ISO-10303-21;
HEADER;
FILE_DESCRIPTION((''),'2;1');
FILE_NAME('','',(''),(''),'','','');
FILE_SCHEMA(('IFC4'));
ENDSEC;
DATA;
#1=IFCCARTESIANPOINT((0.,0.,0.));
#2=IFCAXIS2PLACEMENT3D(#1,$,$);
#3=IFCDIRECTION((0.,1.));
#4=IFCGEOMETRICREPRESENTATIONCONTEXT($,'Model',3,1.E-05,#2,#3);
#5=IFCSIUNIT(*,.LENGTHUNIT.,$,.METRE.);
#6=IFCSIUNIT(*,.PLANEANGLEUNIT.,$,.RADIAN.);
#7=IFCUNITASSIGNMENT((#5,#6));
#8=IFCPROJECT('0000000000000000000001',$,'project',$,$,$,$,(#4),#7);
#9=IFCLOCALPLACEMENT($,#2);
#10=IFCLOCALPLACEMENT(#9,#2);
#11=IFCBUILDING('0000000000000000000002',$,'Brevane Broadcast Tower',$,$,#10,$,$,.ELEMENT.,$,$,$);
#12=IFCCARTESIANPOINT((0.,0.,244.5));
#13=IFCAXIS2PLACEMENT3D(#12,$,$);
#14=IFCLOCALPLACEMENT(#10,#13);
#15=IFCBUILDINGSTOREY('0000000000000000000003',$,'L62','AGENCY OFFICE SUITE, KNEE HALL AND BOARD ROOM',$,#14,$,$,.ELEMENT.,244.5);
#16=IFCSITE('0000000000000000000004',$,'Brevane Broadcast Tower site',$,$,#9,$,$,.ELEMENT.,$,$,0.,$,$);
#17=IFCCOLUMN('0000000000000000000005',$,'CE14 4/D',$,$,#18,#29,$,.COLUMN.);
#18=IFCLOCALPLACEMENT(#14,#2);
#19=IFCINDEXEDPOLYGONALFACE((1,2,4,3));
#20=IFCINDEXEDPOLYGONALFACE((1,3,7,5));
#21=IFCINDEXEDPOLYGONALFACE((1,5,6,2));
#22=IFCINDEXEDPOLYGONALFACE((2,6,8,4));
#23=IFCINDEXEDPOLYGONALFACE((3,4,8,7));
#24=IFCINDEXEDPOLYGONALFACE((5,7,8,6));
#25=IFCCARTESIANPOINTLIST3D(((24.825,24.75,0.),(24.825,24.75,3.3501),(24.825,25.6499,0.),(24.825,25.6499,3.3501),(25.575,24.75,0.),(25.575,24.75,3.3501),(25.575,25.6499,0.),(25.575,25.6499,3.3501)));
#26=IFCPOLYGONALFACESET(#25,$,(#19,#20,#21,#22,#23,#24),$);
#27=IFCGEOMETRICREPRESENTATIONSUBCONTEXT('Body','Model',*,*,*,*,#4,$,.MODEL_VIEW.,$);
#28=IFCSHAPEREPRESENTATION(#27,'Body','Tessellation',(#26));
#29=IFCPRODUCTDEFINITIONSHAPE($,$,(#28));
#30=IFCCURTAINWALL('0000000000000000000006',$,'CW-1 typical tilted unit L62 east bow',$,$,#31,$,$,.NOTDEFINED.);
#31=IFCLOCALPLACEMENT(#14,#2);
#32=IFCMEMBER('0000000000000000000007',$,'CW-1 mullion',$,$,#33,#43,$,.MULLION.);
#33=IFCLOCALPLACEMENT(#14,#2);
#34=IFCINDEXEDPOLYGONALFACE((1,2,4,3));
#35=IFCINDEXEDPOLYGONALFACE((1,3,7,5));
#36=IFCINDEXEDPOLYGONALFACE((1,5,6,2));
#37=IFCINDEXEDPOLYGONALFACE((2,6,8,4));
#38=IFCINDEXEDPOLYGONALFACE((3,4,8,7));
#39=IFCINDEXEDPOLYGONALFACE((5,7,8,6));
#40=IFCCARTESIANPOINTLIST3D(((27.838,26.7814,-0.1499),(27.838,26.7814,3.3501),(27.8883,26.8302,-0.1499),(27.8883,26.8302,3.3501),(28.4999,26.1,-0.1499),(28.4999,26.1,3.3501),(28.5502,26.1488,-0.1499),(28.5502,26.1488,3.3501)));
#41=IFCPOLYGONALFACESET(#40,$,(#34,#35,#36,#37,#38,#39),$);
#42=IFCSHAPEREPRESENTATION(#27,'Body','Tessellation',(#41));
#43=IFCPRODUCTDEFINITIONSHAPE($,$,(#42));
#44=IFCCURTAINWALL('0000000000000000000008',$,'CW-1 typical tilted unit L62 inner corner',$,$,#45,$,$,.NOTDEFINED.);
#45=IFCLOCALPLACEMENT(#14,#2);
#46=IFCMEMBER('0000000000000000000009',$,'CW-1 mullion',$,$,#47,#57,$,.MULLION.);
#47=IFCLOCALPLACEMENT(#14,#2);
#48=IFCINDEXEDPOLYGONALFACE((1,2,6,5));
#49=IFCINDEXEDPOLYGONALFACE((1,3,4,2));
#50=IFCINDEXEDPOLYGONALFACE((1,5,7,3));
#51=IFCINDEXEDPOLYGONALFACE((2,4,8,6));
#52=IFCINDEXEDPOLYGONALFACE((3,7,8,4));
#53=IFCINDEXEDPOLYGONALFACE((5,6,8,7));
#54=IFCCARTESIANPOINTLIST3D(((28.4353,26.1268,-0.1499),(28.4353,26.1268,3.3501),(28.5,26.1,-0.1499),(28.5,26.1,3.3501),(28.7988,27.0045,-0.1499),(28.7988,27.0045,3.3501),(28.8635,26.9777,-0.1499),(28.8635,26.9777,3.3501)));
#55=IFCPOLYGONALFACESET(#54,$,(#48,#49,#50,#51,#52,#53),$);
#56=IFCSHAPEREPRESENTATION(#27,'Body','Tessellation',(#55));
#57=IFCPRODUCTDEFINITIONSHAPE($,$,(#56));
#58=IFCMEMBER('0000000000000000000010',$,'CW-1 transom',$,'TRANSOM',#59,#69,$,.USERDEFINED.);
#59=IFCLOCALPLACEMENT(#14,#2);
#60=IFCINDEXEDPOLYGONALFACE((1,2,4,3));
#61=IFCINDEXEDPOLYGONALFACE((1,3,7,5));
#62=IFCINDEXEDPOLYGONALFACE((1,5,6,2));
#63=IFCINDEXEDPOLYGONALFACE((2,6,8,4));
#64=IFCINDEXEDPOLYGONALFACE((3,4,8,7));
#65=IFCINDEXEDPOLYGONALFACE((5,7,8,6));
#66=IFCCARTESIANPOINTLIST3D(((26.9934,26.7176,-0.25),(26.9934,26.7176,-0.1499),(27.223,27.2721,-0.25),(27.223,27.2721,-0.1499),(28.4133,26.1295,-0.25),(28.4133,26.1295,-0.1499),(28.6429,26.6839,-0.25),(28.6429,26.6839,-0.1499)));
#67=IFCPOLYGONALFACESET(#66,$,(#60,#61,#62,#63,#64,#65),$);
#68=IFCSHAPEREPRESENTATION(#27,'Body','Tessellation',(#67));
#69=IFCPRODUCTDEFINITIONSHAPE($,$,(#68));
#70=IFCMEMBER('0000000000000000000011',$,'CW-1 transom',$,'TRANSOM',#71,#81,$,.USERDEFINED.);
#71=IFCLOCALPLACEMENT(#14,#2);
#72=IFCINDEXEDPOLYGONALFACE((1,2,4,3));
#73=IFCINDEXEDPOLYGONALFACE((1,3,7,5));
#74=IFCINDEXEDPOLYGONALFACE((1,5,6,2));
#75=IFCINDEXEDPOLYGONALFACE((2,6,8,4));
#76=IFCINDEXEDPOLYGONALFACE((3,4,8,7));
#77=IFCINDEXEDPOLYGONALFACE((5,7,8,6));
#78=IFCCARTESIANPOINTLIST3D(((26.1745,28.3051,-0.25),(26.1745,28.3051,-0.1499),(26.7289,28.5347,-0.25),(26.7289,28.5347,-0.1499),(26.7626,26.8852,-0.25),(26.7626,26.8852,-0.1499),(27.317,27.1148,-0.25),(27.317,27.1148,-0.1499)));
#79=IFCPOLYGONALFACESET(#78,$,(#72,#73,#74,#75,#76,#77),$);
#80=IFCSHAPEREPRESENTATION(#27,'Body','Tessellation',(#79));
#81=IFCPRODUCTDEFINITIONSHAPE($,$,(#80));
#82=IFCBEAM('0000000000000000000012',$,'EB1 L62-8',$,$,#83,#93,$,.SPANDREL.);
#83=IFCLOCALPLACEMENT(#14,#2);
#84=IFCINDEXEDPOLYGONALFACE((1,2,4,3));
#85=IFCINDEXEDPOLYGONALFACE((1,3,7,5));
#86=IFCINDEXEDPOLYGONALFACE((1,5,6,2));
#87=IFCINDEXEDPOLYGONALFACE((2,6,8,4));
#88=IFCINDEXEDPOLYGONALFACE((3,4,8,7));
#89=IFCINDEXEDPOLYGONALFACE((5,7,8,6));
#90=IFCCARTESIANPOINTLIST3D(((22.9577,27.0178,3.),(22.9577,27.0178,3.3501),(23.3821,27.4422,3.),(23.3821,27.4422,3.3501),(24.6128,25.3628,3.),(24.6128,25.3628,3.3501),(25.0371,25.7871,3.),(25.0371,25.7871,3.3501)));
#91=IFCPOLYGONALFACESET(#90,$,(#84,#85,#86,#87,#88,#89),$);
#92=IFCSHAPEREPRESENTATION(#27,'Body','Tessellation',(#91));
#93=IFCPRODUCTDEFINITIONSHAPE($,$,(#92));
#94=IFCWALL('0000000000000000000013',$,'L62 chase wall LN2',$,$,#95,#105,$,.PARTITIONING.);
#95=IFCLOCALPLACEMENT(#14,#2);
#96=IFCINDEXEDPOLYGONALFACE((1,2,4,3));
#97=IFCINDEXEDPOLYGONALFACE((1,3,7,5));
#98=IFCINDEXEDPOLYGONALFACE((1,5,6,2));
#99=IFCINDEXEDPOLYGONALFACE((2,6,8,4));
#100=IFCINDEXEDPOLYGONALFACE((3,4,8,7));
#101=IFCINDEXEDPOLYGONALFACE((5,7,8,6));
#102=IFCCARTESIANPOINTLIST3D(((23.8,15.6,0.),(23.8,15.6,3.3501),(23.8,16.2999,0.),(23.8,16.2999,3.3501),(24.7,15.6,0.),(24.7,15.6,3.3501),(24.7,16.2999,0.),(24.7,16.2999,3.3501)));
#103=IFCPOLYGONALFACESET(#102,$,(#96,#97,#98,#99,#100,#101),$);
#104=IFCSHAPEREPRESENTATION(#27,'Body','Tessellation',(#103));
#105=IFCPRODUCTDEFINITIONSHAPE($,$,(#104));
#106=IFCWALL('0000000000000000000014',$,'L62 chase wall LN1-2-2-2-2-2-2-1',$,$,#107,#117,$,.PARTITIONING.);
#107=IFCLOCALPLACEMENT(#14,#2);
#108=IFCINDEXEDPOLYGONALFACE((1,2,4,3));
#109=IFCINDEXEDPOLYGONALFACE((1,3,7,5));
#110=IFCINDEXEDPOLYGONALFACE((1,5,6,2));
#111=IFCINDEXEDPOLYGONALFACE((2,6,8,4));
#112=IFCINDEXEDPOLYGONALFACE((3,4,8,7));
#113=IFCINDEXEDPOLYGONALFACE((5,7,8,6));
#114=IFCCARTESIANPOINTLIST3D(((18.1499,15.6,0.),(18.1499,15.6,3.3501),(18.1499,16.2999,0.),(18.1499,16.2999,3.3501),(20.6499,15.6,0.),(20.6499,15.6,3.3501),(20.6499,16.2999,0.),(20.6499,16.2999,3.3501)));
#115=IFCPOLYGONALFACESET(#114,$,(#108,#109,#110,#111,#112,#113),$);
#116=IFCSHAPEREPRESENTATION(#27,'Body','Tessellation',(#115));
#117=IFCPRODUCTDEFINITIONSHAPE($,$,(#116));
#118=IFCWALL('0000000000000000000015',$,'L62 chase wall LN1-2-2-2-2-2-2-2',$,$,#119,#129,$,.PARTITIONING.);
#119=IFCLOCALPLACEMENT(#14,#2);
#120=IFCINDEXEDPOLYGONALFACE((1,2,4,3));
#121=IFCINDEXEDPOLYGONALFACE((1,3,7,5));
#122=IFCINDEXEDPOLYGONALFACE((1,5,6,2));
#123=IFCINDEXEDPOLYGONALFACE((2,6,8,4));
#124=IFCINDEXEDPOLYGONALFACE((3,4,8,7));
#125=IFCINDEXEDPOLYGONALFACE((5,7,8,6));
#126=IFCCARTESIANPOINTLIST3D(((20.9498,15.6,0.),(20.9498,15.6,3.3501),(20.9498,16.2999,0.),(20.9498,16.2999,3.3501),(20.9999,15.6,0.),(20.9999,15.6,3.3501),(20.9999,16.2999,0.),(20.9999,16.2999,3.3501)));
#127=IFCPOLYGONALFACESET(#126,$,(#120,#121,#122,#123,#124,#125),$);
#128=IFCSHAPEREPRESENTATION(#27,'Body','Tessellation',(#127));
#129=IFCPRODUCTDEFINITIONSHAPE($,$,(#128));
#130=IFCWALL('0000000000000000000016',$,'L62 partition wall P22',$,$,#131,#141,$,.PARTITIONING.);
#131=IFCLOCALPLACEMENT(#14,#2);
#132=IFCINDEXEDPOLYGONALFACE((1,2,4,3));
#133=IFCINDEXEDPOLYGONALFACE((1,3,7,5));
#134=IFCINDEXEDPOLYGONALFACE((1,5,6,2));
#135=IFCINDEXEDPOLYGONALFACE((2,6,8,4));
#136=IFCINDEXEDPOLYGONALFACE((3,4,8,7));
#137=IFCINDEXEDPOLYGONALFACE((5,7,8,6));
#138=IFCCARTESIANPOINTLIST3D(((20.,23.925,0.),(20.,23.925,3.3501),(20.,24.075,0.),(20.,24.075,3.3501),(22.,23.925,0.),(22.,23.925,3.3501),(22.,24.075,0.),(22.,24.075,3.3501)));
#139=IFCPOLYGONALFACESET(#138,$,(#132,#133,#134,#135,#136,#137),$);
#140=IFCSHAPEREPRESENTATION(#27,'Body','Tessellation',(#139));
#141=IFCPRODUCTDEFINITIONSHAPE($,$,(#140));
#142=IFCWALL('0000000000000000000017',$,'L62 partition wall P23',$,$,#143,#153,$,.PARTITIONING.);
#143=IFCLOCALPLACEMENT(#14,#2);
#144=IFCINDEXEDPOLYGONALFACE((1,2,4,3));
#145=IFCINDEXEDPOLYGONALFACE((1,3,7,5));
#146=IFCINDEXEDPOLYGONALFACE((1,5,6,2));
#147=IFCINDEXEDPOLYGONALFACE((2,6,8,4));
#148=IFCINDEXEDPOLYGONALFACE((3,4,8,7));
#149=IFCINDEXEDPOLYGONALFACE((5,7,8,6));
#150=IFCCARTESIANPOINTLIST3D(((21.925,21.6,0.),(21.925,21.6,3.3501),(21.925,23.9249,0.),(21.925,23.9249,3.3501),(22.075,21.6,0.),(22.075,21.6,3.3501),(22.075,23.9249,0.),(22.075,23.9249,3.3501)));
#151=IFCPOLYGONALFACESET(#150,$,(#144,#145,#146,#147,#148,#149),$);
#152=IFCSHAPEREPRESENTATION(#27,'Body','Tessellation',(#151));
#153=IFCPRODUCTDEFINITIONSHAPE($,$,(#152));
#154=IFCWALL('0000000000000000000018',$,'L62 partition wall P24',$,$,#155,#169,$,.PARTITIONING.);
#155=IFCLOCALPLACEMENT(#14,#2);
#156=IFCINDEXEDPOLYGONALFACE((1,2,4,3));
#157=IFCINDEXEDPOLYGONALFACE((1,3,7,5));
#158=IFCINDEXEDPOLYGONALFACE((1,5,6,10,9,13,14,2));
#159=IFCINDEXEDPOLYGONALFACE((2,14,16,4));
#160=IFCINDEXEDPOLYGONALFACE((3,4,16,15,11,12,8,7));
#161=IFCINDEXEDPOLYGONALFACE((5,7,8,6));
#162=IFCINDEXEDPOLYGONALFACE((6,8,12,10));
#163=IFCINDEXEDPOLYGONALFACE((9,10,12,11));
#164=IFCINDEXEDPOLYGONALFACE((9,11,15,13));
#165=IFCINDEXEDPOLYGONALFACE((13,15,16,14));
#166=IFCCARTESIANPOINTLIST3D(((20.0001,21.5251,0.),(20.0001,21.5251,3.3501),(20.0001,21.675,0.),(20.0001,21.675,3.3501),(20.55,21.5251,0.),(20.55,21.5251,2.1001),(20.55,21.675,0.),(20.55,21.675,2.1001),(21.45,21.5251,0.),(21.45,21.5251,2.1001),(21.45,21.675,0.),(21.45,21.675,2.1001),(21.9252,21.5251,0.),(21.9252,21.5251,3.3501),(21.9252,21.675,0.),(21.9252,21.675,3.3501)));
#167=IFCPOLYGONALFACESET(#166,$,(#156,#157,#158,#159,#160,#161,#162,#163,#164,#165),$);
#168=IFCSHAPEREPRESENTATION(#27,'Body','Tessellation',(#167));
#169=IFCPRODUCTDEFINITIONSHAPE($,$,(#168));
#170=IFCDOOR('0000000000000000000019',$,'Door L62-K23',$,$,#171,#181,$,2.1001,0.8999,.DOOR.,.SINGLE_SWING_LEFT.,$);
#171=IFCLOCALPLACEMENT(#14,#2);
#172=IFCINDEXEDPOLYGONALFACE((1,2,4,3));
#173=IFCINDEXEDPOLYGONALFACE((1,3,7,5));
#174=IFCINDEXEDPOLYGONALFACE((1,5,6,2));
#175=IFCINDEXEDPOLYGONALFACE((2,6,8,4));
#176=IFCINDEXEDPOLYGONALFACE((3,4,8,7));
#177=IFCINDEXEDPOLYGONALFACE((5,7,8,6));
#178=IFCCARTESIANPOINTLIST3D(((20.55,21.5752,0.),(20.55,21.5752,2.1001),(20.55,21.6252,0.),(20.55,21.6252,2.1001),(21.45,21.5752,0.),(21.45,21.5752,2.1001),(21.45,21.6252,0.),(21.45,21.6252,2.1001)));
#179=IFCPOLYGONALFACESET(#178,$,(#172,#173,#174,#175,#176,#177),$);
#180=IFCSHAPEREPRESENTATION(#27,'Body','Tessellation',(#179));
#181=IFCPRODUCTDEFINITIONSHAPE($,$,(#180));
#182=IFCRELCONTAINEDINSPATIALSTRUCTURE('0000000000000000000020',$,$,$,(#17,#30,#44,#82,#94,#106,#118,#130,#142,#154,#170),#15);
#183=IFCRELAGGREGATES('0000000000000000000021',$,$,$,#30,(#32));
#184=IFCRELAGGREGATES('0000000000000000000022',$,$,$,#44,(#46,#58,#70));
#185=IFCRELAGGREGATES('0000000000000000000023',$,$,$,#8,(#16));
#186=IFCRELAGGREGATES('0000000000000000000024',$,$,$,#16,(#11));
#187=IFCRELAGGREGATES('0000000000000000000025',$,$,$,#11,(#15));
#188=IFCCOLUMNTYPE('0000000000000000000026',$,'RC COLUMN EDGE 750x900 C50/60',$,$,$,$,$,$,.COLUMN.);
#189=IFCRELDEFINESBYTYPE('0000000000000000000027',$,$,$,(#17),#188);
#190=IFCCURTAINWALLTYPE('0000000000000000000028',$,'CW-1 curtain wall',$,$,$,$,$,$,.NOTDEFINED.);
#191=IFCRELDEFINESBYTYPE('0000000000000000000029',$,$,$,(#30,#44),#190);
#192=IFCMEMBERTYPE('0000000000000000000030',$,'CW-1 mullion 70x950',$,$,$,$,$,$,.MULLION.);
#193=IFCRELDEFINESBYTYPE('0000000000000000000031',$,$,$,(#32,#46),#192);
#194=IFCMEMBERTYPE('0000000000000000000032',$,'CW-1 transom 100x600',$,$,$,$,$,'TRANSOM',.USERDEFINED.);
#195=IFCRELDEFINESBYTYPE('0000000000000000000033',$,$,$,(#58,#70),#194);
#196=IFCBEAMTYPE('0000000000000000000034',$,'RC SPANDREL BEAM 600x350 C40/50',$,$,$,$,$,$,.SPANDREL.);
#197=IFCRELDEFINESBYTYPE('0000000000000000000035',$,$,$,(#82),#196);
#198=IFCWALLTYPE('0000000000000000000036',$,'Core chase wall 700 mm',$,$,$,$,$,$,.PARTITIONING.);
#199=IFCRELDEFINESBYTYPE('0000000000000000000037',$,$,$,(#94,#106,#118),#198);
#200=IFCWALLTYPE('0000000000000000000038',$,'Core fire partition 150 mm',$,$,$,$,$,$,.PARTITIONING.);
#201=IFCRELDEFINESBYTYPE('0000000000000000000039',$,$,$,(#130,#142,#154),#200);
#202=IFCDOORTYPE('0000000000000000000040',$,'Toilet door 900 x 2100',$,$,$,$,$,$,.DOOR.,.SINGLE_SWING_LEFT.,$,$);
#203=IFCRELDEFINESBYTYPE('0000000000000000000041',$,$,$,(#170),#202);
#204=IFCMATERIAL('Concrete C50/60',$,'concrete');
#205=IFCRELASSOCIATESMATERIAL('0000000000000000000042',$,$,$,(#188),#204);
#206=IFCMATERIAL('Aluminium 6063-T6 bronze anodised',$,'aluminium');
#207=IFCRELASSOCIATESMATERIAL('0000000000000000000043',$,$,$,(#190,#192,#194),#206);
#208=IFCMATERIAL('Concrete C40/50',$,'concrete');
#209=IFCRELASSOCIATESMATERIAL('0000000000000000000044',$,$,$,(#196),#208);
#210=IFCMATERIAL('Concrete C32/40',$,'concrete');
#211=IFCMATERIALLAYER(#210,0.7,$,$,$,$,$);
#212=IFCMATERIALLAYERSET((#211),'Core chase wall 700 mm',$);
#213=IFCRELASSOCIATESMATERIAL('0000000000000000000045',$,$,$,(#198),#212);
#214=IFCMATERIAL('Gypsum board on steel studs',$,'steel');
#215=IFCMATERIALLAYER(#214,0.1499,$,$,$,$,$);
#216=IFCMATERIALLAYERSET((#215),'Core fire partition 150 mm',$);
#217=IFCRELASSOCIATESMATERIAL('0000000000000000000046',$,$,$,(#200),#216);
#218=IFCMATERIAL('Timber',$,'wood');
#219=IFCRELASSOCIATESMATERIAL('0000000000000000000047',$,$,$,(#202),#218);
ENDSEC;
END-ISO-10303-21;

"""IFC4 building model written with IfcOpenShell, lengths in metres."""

from ifc_helpers import new_model, si_unit, direction, frame, frame_2d, origin, origin_2d, place, context, subcontext, project, spatial, rectangle, extrude, material, layer, layer_set, material_profile, profile_set, type_object, element, fill, aggregate, save


model = new_model("IFC4")

# Units and contexts
model_context = context("Model", 3, precision=1e-05, world=origin(), true_north=direction((0.0, 1.0)))
body_context = subcontext(model_context, "Body", "Model", "MODEL_VIEW")
ifc_project = project(units=[si_unit("LENGTHUNIT", "METRE"), si_unit("PLANEANGLEUNIT", "RADIAN")], contexts=[model_context])

# Site, building, storey
site_placement = place(None, origin())
site = spatial("IfcSite", under=ifc_project, at=site_placement, Name="Brevane Broadcast Tower site", CompositionType="ELEMENT", RefElevation=0.0)
building_placement = place(site_placement, origin())
building = spatial("IfcBuilding", under=site, at=building_placement, Name="Brevane Broadcast Tower", CompositionType="ELEMENT")
storey_placement = place(building_placement, frame((0.0, 0.0, 244.5)))
storey = spatial("IfcBuildingStorey", under=building, at=storey_placement, Name="L62", Description="AGENCY OFFICE SUITE, KNEE HALL AND BOARD ROOM", CompositionType="ELEMENT", Elevation=244.5)

# Column
ifc_material_1 = material(Name="Concrete C50/60", Category="concrete")
ifc_material_profile_1 = material_profile(ifc_material_1, rectangle(XDim=0.75, YDim=0.8999, at=origin_2d()), Name="RC 750x900")
ifc_profile_set_1 = profile_set([ifc_material_profile_1], Name="Concrete C50/60")
column_type = type_object("IfcColumnType", Name="RC COLUMN EDGE 750x900 C50/60", PredefinedType="COLUMN", material=ifc_profile_set_1)
column_placement = place(storey_placement, frame((25.2, 25.2, 0.0), z_axis=(0.0, 0.0, 1.0), x_axis=(1.0, 0.0, 0.0)))
element("IfcColumn", 1, at=column_placement, inside=storey, type_object=column_type, Name="CE14 4/D", PredefinedType="COLUMN", context=body_context, shape_type="SweptSolid", body=[
    extrude(rectangle(XDim=0.75, YDim=0.8999, at=origin_2d()), origin(), (0.0, 0.0, 1.0), 3.3501),
])

# Curtain wall, member
ifc_material_2 = material(Name="Aluminium 6063-T6 bronze anodised", Category="aluminium")
curtain_wall_type = type_object("IfcCurtainWallType", Name="CW-1 curtain wall", PredefinedType="NOTDEFINED", material=ifc_material_2)
curtain_wall_1_placement = place(storey_placement, origin())
curtain_wall_1 = element("IfcCurtainWall", 2, at=curtain_wall_1_placement, inside=storey, type_object=curtain_wall_type, Name="CW-1 typical tilted unit L62 east bow", PredefinedType="NOTDEFINED")
ifc_material_profile_2 = material_profile(ifc_material_2, rectangle(XDim=0.95, YDim=0.0701, at=origin_2d()), Name="RECT 70x950")
ifc_profile_set_2 = profile_set([ifc_material_profile_2], Name="Aluminium 6063-T6 bronze anodised")
member_type_1 = type_object("IfcMemberType", Name="CW-1 mullion 70x950", PredefinedType="MULLION", material=ifc_profile_set_2)
member_1_placement = place(storey_placement, frame((28.1941, 26.4651, -0.1499), z_axis=(0.0, 0.0, 1.0), x_axis=(0.696812, -0.717254, 0.0)))
member_1 = element("IfcMember", 3, at=member_1_placement, type_object=member_type_1, Name="CW-1 mullion", PredefinedType="MULLION", context=body_context, shape_type="SweptSolid", body=[
    extrude(rectangle(XDim=0.95, YDim=0.0701, at=origin_2d()), origin(), (0.0, 0.0, 1.0), 3.5),
])
aggregate(curtain_wall_1, [member_1])

# Curtain wall, members
curtain_wall_2_placement = place(storey_placement, origin())
curtain_wall_2 = element("IfcCurtainWall", 4, at=curtain_wall_2_placement, inside=storey, type_object=curtain_wall_type, Name="CW-1 typical tilted unit L62 inner corner", PredefinedType="NOTDEFINED")
member_2_placement = place(storey_placement, frame((28.6494, 26.5522, -0.1499), z_axis=(0.0, 0.0, 1.0), x_axis=(-0.382683, -0.92388, 0.0)))
member_2 = element("IfcMember", 5, at=member_2_placement, type_object=member_type_1, Name="CW-1 mullion", PredefinedType="MULLION", context=body_context, shape_type="SweptSolid", body=[
    extrude(rectangle(XDim=0.95, YDim=0.0701, at=origin_2d()), origin(), (0.0, 0.0, 1.0), 3.5),
])
ifc_material_profile_3 = material_profile(ifc_material_2, rectangle(XDim=0.6001, YDim=0.1001, at=origin_2d()), Name="RECT 100x600")
ifc_profile_set_3 = profile_set([ifc_material_profile_3], Name="Aluminium 6063-T6 bronze anodised")
member_type_2 = type_object("IfcMemberType", Name="CW-1 transom 100x600", ElementType="TRANSOM", PredefinedType="USERDEFINED", material=ifc_profile_set_3)
member_3_placement = place(storey_placement, frame((28.5281, 26.4067, -0.2), z_axis=(-0.923883, 0.382674, 0.0), x_axis=(-0.382674, -0.923883, 0.0)))
member_3 = element("IfcMember", 6, at=member_3_placement, type_object=member_type_2, Name="CW-1 transom", ObjectType="TRANSOM", PredefinedType="USERDEFINED", context=body_context, shape_type="SweptSolid", body=[
    extrude(rectangle(XDim=0.6001, YDim=0.1001, at=origin_2d()), origin(), (0.0, 0.0, 1.0), 1.5369),
])
member_4_placement = place(storey_placement, frame((27.0398, 27.0, -0.2), z_axis=(-0.382674, 0.923883, 0.0), x_axis=(-0.923883, -0.382674, 0.0)))
member_4 = element("IfcMember", 7, at=member_4_placement, type_object=member_type_2, Name="CW-1 transom", ObjectType="TRANSOM", PredefinedType="USERDEFINED", context=body_context, shape_type="SweptSolid", body=[
    extrude(rectangle(XDim=0.6001, YDim=0.1001, at=origin_2d()), origin(), (0.0, 0.0, 1.0), 1.5369),
])
aggregate(curtain_wall_2, [member_2, member_3, member_4])

# Beam
ifc_material_3 = material(Name="Concrete C40/50", Category="concrete")
ifc_material_profile_4 = material_profile(ifc_material_3, rectangle(XDim=0.6001, YDim=0.3501, at=origin_2d()), Name="RC 600x350")
ifc_profile_set_4 = profile_set([ifc_material_profile_4], Name="Concrete C40/50")
beam_type = type_object("IfcBeamType", Name="RC SPANDREL BEAM 600x350 C40/50", PredefinedType="SPANDREL", material=ifc_profile_set_4)
beam_placement = place(storey_placement, frame((24.825, 25.575, 3.175), z_axis=(-0.707107, 0.707107, 0.0), x_axis=(-0.707107, -0.707107, 0.0)))
element("IfcBeam", 8, at=beam_placement, inside=storey, type_object=beam_type, Name="EB1 L62-8", PredefinedType="SPANDREL", context=body_context, shape_type="SweptSolid", body=[
    extrude(rectangle(XDim=0.6001, YDim=0.3501, at=origin_2d()), origin(), (0.0, 0.0, 1.0), 2.3406),
])

# Walls
ifc_material_4 = material(Name="Concrete C32/40", Category="concrete")
ifc_layer_1 = layer(ifc_material_4, 0.7)
ifc_layer_set_1 = layer_set([ifc_layer_1], Name="Core chase wall 700 mm")
wall_type_1 = type_object("IfcWallType", Name="Core chase wall 700 mm", PredefinedType="PARTITIONING", material=ifc_layer_set_1)
wall_1_placement = place(storey_placement, frame((23.8, 15.95, 0.0), z_axis=(0.0, 0.0, 1.0), x_axis=(1.0, 0.0, 0.0)))
element("IfcWall", 9, at=wall_1_placement, inside=storey, type_object=wall_type_1, Name="L62 chase wall LN2", PredefinedType="PARTITIONING", context=body_context, shape_type="SweptSolid", body=[
    extrude(rectangle(XDim=0.8999, YDim=0.7, at=frame_2d((0.45, 0.0))), origin(), (0.0, 0.0, 1.0), 3.3501),
])
wall_2_placement = place(storey_placement, frame((18.1499, 15.95, 0.0), z_axis=(0.0, 0.0, 1.0), x_axis=(1.0, 0.0, 0.0)))
element("IfcWall", 10, at=wall_2_placement, inside=storey, type_object=wall_type_1, Name="L62 chase wall LN1-2-2-2-2-2-2-1", PredefinedType="PARTITIONING", context=body_context, shape_type="SweptSolid", body=[
    extrude(rectangle(XDim=2.5, YDim=0.7, at=frame_2d((1.25, 0.0))), origin(), (0.0, 0.0, 1.0), 3.3501),
])
wall_3_placement = place(storey_placement, frame((20.95, 15.95, 0.0), z_axis=(0.0, 0.0, 1.0), x_axis=(1.0, 0.0, 0.0)))
element("IfcWall", 11, at=wall_3_placement, inside=storey, type_object=wall_type_1, Name="L62 chase wall LN1-2-2-2-2-2-2-2", PredefinedType="PARTITIONING", context=body_context, shape_type="SweptSolid", body=[
    extrude(rectangle(XDim=0.05, YDim=0.7, at=frame_2d((0.0249, 0.0))), origin(), (0.0, 0.0, 1.0), 3.3501),
])
ifc_material_5 = material(Name="Gypsum board on steel studs", Category="steel")
ifc_layer_2 = layer(ifc_material_5, 0.1499)
ifc_layer_set_2 = layer_set([ifc_layer_2], Name="Core fire partition 150 mm")
wall_type_2 = type_object("IfcWallType", Name="Core fire partition 150 mm", PredefinedType="PARTITIONING", material=ifc_layer_set_2)
wall_4_placement = place(storey_placement, frame((20.0, 24.0, 0.0), z_axis=(0.0, 0.0, 1.0), x_axis=(1.0, 0.0, 0.0)))
element("IfcWall", 12, at=wall_4_placement, inside=storey, type_object=wall_type_2, Name="L62 partition wall P22", PredefinedType="PARTITIONING", context=body_context, shape_type="SweptSolid", body=[
    extrude(rectangle(XDim=2.0, YDim=0.1499, at=frame_2d((1.0, 0.0))), origin(), (0.0, 0.0, 1.0), 3.3501),
])
wall_5_placement = place(storey_placement, frame((22.0, 23.925, 0.0), z_axis=(0.0, 0.0, 1.0), x_axis=(0.0, -1.0, 0.0)))
element("IfcWall", 13, at=wall_5_placement, inside=storey, type_object=wall_type_2, Name="L62 partition wall P23", PredefinedType="PARTITIONING", context=body_context, shape_type="SweptSolid", body=[
    extrude(rectangle(XDim=2.325, YDim=0.1499, at=frame_2d((1.1626, 0.0))), origin(), (0.0, 0.0, 1.0), 3.3501),
])

# Wall, opening, door
wall_6_placement = place(storey_placement, frame((21.925, 21.6001, 0.0), z_axis=(0.0, 0.0, 1.0), x_axis=(-1.0, 0.0, 0.0)))
wall_6 = element("IfcWall", 14, at=wall_6_placement, inside=storey, type_object=wall_type_2, Name="L62 partition wall P24", PredefinedType="PARTITIONING", context=body_context, shape_type="SweptSolid", body=[
    extrude(rectangle(XDim=1.925, YDim=0.1499, at=frame_2d((0.9624, 0.0))), origin(), (0.0, 0.0, 1.0), 3.3501),
])
opening_1_placement = place(wall_6_placement, frame((0.4751, 0.0, 0.0)))
opening_1 = element("IfcOpeningElement", 15, at=opening_1_placement, cuts=wall_6, PredefinedType="OPENING", context=body_context, shape_type="SweptSolid", body=[
    extrude(rectangle(XDim=0.8999, YDim=2.1001, at=frame_2d((0.45, 1.05))), frame((0.0, 0.085, 0.0), z_axis=(0.0, -1.0, 0.0), x_axis=(1.0, 0.0, 0.0)), (0.0, 0.0, 1.0), 0.1699),
])
ifc_material_6 = material(Name="Timber", Category="wood")
door_type_1 = type_object("IfcDoorType", Name="Toilet door 900 x 2100", OperationType="SINGLE_SWING_LEFT", PredefinedType="DOOR", material=ifc_material_6)
door_1_placement = place(opening_1_placement, origin())
door_1 = element("IfcDoor", 16, at=door_1_placement, inside=storey, type_object=door_type_1, Name="Door L62-K23", OperationType="SINGLE_SWING_LEFT", OverallHeight=2.1001, OverallWidth=0.8999, PredefinedType="DOOR", context=body_context, shape_type="SweptSolid", body=[
    extrude(rectangle(XDim=0.8999, YDim=2.1001, at=frame_2d((0.45, 1.05))), frame((0.0, 0.0249, 0.0), z_axis=(0.0, -1.0, 0.0), x_axis=(1.0, 0.0, 0.0)), (0.0, 0.0, 1.0), 0.05),
])
fill(opening_1, door_1)

save(model, "model.ifc")
